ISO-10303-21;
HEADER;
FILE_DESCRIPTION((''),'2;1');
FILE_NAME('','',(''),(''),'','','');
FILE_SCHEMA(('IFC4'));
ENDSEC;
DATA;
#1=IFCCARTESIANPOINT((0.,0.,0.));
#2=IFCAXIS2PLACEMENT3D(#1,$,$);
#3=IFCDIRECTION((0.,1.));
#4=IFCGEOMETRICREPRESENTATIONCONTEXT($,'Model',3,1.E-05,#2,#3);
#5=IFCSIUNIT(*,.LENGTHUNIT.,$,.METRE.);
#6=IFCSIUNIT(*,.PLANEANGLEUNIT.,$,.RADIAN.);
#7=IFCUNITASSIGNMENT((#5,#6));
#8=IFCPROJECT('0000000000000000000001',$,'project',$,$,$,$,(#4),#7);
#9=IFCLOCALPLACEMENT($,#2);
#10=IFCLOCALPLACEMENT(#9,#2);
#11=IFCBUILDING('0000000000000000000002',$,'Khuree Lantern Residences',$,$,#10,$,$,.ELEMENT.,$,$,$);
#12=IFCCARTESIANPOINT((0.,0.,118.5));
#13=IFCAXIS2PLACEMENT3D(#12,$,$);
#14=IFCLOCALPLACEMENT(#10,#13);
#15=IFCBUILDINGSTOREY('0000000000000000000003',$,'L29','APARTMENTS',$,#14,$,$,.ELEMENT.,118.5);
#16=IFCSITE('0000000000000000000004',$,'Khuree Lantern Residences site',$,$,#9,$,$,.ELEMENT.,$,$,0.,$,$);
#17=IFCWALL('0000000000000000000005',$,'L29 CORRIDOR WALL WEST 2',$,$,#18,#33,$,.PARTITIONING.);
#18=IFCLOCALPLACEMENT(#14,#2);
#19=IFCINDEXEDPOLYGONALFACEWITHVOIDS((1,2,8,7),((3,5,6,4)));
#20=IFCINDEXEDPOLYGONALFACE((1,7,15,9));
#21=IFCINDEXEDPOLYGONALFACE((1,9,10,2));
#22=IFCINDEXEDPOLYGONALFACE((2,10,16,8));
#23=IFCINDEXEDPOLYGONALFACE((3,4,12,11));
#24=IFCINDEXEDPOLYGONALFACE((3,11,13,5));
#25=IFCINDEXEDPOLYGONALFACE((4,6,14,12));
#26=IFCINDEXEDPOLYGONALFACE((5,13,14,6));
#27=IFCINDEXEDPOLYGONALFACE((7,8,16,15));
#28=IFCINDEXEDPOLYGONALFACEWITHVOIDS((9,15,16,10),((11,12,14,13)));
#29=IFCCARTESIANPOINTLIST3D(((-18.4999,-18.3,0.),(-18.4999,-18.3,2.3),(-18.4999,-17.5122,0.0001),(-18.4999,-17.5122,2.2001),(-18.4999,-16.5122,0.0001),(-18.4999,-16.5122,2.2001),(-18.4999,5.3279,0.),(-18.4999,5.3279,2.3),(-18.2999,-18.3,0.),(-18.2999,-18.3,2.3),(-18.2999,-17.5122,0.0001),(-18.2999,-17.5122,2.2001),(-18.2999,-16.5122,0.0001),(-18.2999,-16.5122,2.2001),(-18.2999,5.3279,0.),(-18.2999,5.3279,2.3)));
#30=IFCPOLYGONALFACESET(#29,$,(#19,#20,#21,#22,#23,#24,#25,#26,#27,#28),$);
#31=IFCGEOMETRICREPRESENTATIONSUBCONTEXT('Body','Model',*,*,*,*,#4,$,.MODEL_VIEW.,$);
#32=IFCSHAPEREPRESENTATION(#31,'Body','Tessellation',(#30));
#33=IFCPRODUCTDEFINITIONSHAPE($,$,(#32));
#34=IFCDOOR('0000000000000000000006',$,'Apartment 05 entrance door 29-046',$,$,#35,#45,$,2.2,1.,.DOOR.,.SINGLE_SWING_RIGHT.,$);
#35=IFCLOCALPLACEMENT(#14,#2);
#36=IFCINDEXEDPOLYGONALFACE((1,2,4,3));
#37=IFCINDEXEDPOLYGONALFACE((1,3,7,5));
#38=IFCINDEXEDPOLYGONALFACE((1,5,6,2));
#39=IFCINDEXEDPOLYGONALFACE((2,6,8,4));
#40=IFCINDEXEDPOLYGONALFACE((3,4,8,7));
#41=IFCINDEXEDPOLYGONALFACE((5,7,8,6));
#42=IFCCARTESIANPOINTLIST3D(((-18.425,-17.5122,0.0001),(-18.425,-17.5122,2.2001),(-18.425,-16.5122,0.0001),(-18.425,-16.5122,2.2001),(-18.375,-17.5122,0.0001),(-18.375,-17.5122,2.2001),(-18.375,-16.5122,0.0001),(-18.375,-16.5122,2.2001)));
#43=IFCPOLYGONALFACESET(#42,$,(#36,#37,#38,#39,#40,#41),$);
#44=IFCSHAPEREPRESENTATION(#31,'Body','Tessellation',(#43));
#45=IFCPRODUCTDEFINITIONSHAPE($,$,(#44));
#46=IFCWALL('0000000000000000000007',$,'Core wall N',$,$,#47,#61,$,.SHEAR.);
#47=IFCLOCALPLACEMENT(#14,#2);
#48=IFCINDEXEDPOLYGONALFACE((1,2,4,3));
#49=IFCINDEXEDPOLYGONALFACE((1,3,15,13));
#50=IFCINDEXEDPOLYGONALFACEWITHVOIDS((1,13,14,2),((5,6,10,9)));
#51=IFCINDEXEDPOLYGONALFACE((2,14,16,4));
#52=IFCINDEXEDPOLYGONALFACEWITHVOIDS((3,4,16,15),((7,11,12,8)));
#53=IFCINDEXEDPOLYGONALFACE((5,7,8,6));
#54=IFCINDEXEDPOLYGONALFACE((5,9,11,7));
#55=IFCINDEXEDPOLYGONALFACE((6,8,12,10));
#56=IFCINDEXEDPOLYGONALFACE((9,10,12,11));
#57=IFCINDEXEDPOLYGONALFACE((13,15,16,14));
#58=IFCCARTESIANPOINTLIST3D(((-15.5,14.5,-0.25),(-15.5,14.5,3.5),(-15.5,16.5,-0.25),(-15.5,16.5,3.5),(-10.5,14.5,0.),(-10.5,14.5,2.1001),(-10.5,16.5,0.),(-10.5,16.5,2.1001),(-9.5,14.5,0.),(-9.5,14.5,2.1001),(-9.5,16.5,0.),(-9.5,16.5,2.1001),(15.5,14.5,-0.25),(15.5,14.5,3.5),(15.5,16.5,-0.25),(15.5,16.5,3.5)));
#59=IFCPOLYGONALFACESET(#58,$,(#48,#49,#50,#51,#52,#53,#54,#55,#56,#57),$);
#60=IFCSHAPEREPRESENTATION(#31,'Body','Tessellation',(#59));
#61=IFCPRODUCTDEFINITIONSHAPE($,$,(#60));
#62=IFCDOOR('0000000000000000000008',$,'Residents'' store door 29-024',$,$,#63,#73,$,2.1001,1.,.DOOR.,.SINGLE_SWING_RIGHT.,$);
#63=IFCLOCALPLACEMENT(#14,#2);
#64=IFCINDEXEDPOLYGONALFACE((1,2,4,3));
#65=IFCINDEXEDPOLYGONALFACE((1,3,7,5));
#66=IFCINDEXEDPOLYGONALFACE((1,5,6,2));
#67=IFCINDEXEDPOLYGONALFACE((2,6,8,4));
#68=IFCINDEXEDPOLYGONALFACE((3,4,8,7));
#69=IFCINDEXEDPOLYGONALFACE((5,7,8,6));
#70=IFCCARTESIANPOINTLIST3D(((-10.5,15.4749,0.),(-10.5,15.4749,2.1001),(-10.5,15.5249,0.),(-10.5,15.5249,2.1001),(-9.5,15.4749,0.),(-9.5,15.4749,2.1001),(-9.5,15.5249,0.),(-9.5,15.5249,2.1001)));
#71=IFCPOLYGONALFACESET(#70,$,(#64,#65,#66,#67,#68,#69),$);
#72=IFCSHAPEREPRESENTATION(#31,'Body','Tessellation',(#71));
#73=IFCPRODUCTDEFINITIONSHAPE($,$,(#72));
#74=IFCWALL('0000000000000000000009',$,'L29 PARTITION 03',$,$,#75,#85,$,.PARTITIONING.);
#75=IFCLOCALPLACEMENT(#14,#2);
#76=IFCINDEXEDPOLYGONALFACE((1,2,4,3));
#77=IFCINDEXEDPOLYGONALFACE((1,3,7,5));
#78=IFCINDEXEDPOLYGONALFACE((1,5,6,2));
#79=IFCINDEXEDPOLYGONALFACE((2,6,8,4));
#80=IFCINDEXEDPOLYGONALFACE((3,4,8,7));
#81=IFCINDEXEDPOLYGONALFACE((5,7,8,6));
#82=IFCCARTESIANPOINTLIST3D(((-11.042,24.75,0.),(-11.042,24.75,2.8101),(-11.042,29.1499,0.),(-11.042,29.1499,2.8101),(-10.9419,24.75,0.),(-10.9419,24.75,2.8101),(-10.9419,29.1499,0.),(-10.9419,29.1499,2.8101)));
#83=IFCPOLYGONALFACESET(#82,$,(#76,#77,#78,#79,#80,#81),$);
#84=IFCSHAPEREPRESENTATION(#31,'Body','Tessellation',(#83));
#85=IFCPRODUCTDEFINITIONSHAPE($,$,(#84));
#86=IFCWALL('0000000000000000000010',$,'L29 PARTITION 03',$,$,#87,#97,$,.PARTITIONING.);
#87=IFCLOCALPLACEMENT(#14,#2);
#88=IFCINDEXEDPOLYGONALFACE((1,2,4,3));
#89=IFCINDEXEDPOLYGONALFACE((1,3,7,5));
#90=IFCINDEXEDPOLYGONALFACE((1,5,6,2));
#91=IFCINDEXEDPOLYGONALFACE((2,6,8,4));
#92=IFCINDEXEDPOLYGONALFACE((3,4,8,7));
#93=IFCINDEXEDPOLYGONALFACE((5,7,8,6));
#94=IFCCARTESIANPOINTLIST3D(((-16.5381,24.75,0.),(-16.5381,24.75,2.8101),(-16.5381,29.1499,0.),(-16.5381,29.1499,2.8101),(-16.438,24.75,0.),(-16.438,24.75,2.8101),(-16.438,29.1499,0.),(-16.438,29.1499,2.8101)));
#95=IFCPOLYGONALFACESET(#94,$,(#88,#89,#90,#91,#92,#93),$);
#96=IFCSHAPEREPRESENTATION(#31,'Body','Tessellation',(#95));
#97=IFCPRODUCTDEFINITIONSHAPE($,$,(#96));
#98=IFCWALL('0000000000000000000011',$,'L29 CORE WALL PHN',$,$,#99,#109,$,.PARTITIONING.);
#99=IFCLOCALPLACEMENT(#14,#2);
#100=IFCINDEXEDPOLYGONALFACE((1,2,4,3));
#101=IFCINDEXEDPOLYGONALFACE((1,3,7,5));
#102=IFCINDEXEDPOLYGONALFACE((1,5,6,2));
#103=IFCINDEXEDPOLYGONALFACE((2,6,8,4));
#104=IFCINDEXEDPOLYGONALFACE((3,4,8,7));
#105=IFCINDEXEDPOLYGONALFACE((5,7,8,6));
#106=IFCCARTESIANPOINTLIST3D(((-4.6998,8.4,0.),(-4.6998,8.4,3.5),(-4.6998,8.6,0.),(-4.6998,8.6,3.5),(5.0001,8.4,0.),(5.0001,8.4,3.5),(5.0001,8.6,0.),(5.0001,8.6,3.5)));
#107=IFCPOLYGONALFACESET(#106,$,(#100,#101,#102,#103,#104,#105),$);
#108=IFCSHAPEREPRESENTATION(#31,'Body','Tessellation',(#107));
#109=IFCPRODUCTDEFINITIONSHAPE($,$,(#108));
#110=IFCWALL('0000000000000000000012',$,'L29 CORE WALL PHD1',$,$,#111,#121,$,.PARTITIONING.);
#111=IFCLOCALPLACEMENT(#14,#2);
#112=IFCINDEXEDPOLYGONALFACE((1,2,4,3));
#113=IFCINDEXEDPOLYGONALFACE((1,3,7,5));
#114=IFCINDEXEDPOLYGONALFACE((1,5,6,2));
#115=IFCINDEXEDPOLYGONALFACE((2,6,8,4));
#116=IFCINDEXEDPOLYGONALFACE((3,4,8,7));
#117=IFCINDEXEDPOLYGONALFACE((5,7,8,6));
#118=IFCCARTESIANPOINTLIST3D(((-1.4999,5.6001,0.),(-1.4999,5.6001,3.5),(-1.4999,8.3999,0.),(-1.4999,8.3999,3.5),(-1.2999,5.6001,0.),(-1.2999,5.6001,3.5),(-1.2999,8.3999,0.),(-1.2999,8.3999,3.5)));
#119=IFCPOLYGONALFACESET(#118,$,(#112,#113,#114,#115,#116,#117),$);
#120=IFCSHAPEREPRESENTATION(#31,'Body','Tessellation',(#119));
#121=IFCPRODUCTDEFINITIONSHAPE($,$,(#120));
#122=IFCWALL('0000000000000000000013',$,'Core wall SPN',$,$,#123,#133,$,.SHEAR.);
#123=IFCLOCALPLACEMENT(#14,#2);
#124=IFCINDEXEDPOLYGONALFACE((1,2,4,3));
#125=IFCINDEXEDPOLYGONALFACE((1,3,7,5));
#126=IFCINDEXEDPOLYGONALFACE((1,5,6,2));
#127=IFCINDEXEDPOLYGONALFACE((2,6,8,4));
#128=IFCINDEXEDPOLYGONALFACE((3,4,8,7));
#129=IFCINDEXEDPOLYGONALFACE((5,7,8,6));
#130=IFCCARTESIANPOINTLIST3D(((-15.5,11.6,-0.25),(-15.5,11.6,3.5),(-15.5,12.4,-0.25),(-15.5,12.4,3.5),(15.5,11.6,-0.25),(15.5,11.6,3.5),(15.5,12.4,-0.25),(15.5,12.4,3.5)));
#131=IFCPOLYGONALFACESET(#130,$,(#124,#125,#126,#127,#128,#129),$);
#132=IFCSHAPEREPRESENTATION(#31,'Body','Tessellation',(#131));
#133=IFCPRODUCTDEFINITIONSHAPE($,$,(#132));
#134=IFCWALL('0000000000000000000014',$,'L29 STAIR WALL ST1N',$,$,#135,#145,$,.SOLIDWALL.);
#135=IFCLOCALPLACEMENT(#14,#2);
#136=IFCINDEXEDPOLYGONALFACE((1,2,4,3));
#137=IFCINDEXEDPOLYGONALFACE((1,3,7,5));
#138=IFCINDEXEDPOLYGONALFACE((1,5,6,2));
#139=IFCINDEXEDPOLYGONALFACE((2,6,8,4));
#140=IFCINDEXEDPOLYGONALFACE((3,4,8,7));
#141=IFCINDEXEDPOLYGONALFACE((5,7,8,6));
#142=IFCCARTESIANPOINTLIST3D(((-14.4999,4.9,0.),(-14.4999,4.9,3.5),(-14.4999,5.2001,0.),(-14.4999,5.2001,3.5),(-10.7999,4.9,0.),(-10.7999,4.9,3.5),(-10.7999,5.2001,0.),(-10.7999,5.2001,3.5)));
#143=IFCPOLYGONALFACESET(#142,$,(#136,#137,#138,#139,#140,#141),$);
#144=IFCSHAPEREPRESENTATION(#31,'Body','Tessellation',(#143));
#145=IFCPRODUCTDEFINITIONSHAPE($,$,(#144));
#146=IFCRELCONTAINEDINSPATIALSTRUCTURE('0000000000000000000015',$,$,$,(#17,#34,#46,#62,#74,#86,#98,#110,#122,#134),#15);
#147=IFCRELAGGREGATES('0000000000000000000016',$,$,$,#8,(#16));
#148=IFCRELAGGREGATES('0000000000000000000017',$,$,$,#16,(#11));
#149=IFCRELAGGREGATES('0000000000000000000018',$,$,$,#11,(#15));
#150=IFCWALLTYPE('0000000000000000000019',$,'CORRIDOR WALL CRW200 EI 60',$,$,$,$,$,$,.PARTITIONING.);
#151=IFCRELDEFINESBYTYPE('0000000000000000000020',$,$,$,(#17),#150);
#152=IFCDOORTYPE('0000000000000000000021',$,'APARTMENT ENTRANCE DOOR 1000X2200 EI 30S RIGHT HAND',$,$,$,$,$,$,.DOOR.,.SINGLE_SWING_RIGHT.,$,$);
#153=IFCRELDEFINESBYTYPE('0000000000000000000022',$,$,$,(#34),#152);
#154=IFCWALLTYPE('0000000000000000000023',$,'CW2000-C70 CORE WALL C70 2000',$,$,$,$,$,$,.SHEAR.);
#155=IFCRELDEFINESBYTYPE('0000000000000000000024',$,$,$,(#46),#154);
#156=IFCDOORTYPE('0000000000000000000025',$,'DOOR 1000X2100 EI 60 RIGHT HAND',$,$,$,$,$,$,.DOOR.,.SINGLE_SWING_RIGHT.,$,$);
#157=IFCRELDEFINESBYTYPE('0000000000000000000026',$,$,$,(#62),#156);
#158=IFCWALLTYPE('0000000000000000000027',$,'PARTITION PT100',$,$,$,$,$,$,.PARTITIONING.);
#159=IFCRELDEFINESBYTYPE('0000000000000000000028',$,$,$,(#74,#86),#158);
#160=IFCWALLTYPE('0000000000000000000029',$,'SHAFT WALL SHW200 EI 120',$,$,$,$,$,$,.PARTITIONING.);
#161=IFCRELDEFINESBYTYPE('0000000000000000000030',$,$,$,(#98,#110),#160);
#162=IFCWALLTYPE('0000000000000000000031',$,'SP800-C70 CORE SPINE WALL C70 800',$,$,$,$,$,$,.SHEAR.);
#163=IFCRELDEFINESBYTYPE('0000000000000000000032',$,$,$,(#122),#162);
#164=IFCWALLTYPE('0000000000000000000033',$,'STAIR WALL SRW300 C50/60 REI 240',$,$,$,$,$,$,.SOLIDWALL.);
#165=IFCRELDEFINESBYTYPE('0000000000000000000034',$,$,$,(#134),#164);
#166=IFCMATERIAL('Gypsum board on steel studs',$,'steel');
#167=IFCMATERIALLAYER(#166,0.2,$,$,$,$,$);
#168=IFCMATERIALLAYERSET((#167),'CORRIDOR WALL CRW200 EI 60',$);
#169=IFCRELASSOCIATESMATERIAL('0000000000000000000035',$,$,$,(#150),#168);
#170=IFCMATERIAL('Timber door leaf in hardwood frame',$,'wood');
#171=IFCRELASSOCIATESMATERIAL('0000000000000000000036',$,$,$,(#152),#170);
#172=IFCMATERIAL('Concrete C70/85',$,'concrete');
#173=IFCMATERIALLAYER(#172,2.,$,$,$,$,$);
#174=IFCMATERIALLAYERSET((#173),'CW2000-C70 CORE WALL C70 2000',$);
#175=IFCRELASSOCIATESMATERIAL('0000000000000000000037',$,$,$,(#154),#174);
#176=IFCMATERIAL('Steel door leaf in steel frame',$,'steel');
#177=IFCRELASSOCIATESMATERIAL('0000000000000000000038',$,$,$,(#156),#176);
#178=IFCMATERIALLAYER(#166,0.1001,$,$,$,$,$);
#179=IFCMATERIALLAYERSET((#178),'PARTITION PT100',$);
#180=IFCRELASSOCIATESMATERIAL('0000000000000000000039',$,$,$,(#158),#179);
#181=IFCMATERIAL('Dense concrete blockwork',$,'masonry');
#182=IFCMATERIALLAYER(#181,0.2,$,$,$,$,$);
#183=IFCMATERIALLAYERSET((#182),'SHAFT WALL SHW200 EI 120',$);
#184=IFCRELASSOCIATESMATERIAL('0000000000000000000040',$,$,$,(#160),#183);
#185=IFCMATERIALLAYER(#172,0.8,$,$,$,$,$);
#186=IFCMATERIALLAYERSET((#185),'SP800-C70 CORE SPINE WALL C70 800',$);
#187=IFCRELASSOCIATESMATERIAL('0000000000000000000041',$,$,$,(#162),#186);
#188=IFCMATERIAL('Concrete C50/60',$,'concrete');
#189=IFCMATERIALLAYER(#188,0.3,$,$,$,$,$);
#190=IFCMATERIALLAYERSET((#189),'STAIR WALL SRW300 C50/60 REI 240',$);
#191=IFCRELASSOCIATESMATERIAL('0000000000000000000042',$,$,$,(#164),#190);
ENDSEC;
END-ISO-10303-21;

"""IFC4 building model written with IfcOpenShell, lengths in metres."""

from ifc_helpers import new_model, si_unit, direction, frame, frame_2d, origin, place, context, subcontext, project, spatial, rectangle, extrude, material, layer, layer_set, type_object, element, fill, save


model = new_model("IFC4")

# Units and contexts
model_context = context("Model", 3, precision=1e-05, world=origin(), true_north=direction((0.0, 1.0)))
body_context = subcontext(model_context, "Body", "Model", "MODEL_VIEW")
ifc_project = project(units=[si_unit("LENGTHUNIT", "METRE"), si_unit("PLANEANGLEUNIT", "RADIAN")], contexts=[model_context])

# Site, building, storey
site_placement = place(None, origin())
site = spatial("IfcSite", under=ifc_project, at=site_placement, Name="Khuree Lantern Residences site", CompositionType="ELEMENT", RefElevation=0.0)
building_placement = place(site_placement, origin())
building = spatial("IfcBuilding", under=site, at=building_placement, Name="Khuree Lantern Residences", CompositionType="ELEMENT")
storey_placement = place(building_placement, frame((0.0, 0.0, 118.5)))
storey = spatial("IfcBuildingStorey", under=building, at=storey_placement, Name="L29", Description="APARTMENTS", CompositionType="ELEMENT", Elevation=118.5)

# Shared definitions
ifc_material_1 = material(Name="Concrete C70/85", Category="concrete")

# Shared definitions
ifc_material_2 = material(Name="Dense concrete blockwork", Category="masonry")

# Shared definitions
ifc_material_3 = material(Name="Steel door leaf in steel frame", Category="steel")
ifc_material_4 = material(Name="Timber door leaf in hardwood frame", Category="wood")

# Shared definitions
ifc_material_5 = material(Name="Gypsum board on steel studs", Category="steel")
ifc_layer_1 = layer(ifc_material_5, 0.2)
ifc_layer_set_1 = layer_set([ifc_layer_1], Name="CORRIDOR WALL CRW200 EI 60")
wall_type_1 = type_object("IfcWallType", Name="CORRIDOR WALL CRW200 EI 60", PredefinedType="PARTITIONING", material=ifc_layer_set_1)

# Walls, openings, doors
wall_1_placement = place(storey_placement, frame((-18.3999, 5.3279, 0.0), z_axis=(0.0, 0.0, 1.0), x_axis=(0.0, -1.0, 0.0)))
wall_1 = element("IfcWall", 1, at=wall_1_placement, inside=storey, type_object=wall_type_1, Name="L29 CORRIDOR WALL WEST 2", PredefinedType="PARTITIONING", context=body_context, shape_type="SweptSolid", body=[
    extrude(rectangle(XDim=23.6279, YDim=0.2, at=frame_2d((11.814, 0.0))), origin(), (0.0, 0.0, 1.0), 2.3),
])
opening_1_placement = place(wall_1_placement, frame((21.8401, 0.0, 0.0)))
opening_1 = element("IfcOpeningElement", 2, at=opening_1_placement, cuts=wall_1, PredefinedType="OPENING", context=body_context, shape_type="SweptSolid", body=[
    extrude(rectangle(XDim=1.0, YDim=2.2, at=frame_2d((0.5, 1.1001))), frame((0.0, 0.1099, 0.0), z_axis=(0.0, -1.0, 0.0), x_axis=(1.0, 0.0, 0.0)), (0.0, 0.0, 1.0), 0.22),
])
door_type_1 = type_object("IfcDoorType", Name="APARTMENT ENTRANCE DOOR 1000X2200 EI 30S RIGHT HAND", OperationType="SINGLE_SWING_RIGHT", PredefinedType="DOOR", material=ifc_material_4)
door_1_placement = place(opening_1_placement, origin())
door_1 = element("IfcDoor", 3, at=door_1_placement, inside=storey, type_object=door_type_1, Name="Apartment 05 entrance door 29-046", OperationType="SINGLE_SWING_RIGHT", OverallHeight=2.2, OverallWidth=1.0, PredefinedType="DOOR", context=body_context, shape_type="SweptSolid", body=[
    extrude(rectangle(XDim=1.0, YDim=2.2, at=frame_2d((0.5, 1.1001))), frame((0.0, 0.0249, 0.0), z_axis=(0.0, -1.0, 0.0), x_axis=(1.0, 0.0, 0.0)), (0.0, 0.0, 1.0), 0.05),
])
fill(opening_1, door_1)
ifc_layer_2 = layer(ifc_material_1, 2.0)
ifc_layer_set_2 = layer_set([ifc_layer_2], Name="CW2000-C70 CORE WALL C70 2000")
wall_type_2 = type_object("IfcWallType", Name="CW2000-C70 CORE WALL C70 2000", PredefinedType="SHEAR", material=ifc_layer_set_2)
wall_2_placement = place(storey_placement, frame((-15.5, 15.5, -0.25), z_axis=(0.0, 0.0, 1.0), x_axis=(1.0, 0.0, 0.0)))
wall_2 = element("IfcWall", 4, at=wall_2_placement, inside=storey, type_object=wall_type_2, Name="Core wall N", PredefinedType="SHEAR", context=body_context, shape_type="SweptSolid", body=[
    extrude(rectangle(XDim=31.0, YDim=2.0, at=frame_2d((15.5, 0.0))), origin(), (0.0, 0.0, 1.0), 3.75),
])
opening_2_placement = place(wall_2_placement, frame((5.0, 0.0, 0.25)))
opening_2 = element("IfcOpeningElement", 5, at=opening_2_placement, cuts=wall_2, PredefinedType="OPENING", context=body_context, shape_type="SweptSolid", body=[
    extrude(rectangle(XDim=1.0, YDim=2.1001, at=frame_2d((0.5, 1.05))), frame((0.0, 1.01, 0.0), z_axis=(0.0, -1.0, 0.0), x_axis=(1.0, 0.0, 0.0)), (0.0, 0.0, 1.0), 2.02),
])
door_type_2 = type_object("IfcDoorType", Name="DOOR 1000X2100 EI 60 RIGHT HAND", OperationType="SINGLE_SWING_RIGHT", PredefinedType="DOOR", material=ifc_material_3)
door_2_placement = place(opening_2_placement, origin())
door_2 = element("IfcDoor", 6, at=door_2_placement, inside=storey, type_object=door_type_2, Name="Residents' store door 29-024", OperationType="SINGLE_SWING_RIGHT", OverallHeight=2.1001, OverallWidth=1.0, PredefinedType="DOOR", context=body_context, shape_type="SweptSolid", body=[
    extrude(rectangle(XDim=1.0, YDim=2.1001, at=frame_2d((0.5, 1.05))), frame((0.0, 0.0249, 0.0), z_axis=(0.0, -1.0, 0.0), x_axis=(1.0, 0.0, 0.0)), (0.0, 0.0, 1.0), 0.05),
])
fill(opening_2, door_2)

# Walls
ifc_layer_3 = layer(ifc_material_5, 0.1001)
ifc_layer_set_3 = layer_set([ifc_layer_3], Name="PARTITION PT100")
wall_type_3 = type_object("IfcWallType", Name="PARTITION PT100", PredefinedType="PARTITIONING", material=ifc_layer_set_3)
for number, where, z_axis, x_axis, name in (
    (7, (-10.9919, 24.75, 0.0), (0.0, 0.0, 1.0), (0.0, 1.0, 0.0), "L29 PARTITION 03"),
    (8, (-16.488, 24.75, 0.0), (0.0, 0.0, 1.0), (0.0, 1.0, 0.0), "L29 PARTITION 03"),
):
    element("IfcWall", number, at=place(storey_placement, frame(where, z_axis=z_axis, x_axis=x_axis)), inside=storey, type_object=wall_type_3, Name=name, PredefinedType="PARTITIONING", context=body_context, shape_type="SweptSolid", body=[
        extrude(rectangle(XDim=4.3999, YDim=0.1001, at=frame_2d((2.2, 0.0))), origin(), (0.0, 0.0, 1.0), 2.8101),
    ])
ifc_layer_4 = layer(ifc_material_2, 0.2)
ifc_layer_set_4 = layer_set([ifc_layer_4], Name="SHAFT WALL SHW200 EI 120")
wall_type_4 = type_object("IfcWallType", Name="SHAFT WALL SHW200 EI 120", PredefinedType="PARTITIONING", material=ifc_layer_set_4)
wall_3_placement = place(storey_placement, frame((-4.7, 8.5, 0.0), z_axis=(0.0, 0.0, 1.0), x_axis=(1.0, 0.0, 0.0)))
element("IfcWall", 9, at=wall_3_placement, inside=storey, type_object=wall_type_4, Name="L29 CORE WALL PHN", PredefinedType="PARTITIONING", context=body_context, shape_type="SweptSolid", body=[
    extrude(rectangle(XDim=9.7, YDim=0.2, at=frame_2d((4.8501, 0.0))), origin(), (0.0, 0.0, 1.0), 3.5),
])
wall_4_placement = place(storey_placement, frame((-1.3999, 5.6001, 0.0), z_axis=(0.0, 0.0, 1.0), x_axis=(0.0, 1.0, 0.0)))
element("IfcWall", 10, at=wall_4_placement, inside=storey, type_object=wall_type_4, Name="L29 CORE WALL PHD1", PredefinedType="PARTITIONING", context=body_context, shape_type="SweptSolid", body=[
    extrude(rectangle(XDim=2.7998, YDim=0.2, at=frame_2d((1.3999, 0.0))), origin(), (0.0, 0.0, 1.0), 3.5),
])
ifc_layer_5 = layer(ifc_material_1, 0.8)
ifc_layer_set_5 = layer_set([ifc_layer_5], Name="SP800-C70 CORE SPINE WALL C70 800")
wall_type_5 = type_object("IfcWallType", Name="SP800-C70 CORE SPINE WALL C70 800", PredefinedType="SHEAR", material=ifc_layer_set_5)
wall_5_placement = place(storey_placement, frame((-15.5, 12.0, -0.25), z_axis=(0.0, 0.0, 1.0), x_axis=(1.0, 0.0, 0.0)))
element("IfcWall", 11, at=wall_5_placement, inside=storey, type_object=wall_type_5, Name="Core wall SPN", PredefinedType="SHEAR", context=body_context, shape_type="SweptSolid", body=[
    extrude(rectangle(XDim=31.0, YDim=0.8, at=frame_2d((15.5, 0.0))), origin(), (0.0, 0.0, 1.0), 3.75),
])
ifc_material_6 = material(Name="Concrete C50/60", Category="concrete")
ifc_layer_6 = layer(ifc_material_6, 0.3)
ifc_layer_set_6 = layer_set([ifc_layer_6], Name="STAIR WALL SRW300 C50/60 REI 240")
wall_type_6 = type_object("IfcWallType", Name="STAIR WALL SRW300 C50/60 REI 240", PredefinedType="SOLIDWALL", material=ifc_layer_set_6)
wall_6_placement = place(storey_placement, frame((-14.5, 5.05, 0.0), z_axis=(0.0, 0.0, 1.0), x_axis=(1.0, 0.0, 0.0)))
element("IfcWall", 12, at=wall_6_placement, inside=storey, type_object=wall_type_6, Name="L29 STAIR WALL ST1N", PredefinedType="SOLIDWALL", context=body_context, shape_type="SweptSolid", body=[
    extrude(rectangle(XDim=3.7, YDim=0.3, at=frame_2d((1.8501, 0.0))), origin(), (0.0, 0.0, 1.0), 3.5),
])

save(model, "model.ifc")
